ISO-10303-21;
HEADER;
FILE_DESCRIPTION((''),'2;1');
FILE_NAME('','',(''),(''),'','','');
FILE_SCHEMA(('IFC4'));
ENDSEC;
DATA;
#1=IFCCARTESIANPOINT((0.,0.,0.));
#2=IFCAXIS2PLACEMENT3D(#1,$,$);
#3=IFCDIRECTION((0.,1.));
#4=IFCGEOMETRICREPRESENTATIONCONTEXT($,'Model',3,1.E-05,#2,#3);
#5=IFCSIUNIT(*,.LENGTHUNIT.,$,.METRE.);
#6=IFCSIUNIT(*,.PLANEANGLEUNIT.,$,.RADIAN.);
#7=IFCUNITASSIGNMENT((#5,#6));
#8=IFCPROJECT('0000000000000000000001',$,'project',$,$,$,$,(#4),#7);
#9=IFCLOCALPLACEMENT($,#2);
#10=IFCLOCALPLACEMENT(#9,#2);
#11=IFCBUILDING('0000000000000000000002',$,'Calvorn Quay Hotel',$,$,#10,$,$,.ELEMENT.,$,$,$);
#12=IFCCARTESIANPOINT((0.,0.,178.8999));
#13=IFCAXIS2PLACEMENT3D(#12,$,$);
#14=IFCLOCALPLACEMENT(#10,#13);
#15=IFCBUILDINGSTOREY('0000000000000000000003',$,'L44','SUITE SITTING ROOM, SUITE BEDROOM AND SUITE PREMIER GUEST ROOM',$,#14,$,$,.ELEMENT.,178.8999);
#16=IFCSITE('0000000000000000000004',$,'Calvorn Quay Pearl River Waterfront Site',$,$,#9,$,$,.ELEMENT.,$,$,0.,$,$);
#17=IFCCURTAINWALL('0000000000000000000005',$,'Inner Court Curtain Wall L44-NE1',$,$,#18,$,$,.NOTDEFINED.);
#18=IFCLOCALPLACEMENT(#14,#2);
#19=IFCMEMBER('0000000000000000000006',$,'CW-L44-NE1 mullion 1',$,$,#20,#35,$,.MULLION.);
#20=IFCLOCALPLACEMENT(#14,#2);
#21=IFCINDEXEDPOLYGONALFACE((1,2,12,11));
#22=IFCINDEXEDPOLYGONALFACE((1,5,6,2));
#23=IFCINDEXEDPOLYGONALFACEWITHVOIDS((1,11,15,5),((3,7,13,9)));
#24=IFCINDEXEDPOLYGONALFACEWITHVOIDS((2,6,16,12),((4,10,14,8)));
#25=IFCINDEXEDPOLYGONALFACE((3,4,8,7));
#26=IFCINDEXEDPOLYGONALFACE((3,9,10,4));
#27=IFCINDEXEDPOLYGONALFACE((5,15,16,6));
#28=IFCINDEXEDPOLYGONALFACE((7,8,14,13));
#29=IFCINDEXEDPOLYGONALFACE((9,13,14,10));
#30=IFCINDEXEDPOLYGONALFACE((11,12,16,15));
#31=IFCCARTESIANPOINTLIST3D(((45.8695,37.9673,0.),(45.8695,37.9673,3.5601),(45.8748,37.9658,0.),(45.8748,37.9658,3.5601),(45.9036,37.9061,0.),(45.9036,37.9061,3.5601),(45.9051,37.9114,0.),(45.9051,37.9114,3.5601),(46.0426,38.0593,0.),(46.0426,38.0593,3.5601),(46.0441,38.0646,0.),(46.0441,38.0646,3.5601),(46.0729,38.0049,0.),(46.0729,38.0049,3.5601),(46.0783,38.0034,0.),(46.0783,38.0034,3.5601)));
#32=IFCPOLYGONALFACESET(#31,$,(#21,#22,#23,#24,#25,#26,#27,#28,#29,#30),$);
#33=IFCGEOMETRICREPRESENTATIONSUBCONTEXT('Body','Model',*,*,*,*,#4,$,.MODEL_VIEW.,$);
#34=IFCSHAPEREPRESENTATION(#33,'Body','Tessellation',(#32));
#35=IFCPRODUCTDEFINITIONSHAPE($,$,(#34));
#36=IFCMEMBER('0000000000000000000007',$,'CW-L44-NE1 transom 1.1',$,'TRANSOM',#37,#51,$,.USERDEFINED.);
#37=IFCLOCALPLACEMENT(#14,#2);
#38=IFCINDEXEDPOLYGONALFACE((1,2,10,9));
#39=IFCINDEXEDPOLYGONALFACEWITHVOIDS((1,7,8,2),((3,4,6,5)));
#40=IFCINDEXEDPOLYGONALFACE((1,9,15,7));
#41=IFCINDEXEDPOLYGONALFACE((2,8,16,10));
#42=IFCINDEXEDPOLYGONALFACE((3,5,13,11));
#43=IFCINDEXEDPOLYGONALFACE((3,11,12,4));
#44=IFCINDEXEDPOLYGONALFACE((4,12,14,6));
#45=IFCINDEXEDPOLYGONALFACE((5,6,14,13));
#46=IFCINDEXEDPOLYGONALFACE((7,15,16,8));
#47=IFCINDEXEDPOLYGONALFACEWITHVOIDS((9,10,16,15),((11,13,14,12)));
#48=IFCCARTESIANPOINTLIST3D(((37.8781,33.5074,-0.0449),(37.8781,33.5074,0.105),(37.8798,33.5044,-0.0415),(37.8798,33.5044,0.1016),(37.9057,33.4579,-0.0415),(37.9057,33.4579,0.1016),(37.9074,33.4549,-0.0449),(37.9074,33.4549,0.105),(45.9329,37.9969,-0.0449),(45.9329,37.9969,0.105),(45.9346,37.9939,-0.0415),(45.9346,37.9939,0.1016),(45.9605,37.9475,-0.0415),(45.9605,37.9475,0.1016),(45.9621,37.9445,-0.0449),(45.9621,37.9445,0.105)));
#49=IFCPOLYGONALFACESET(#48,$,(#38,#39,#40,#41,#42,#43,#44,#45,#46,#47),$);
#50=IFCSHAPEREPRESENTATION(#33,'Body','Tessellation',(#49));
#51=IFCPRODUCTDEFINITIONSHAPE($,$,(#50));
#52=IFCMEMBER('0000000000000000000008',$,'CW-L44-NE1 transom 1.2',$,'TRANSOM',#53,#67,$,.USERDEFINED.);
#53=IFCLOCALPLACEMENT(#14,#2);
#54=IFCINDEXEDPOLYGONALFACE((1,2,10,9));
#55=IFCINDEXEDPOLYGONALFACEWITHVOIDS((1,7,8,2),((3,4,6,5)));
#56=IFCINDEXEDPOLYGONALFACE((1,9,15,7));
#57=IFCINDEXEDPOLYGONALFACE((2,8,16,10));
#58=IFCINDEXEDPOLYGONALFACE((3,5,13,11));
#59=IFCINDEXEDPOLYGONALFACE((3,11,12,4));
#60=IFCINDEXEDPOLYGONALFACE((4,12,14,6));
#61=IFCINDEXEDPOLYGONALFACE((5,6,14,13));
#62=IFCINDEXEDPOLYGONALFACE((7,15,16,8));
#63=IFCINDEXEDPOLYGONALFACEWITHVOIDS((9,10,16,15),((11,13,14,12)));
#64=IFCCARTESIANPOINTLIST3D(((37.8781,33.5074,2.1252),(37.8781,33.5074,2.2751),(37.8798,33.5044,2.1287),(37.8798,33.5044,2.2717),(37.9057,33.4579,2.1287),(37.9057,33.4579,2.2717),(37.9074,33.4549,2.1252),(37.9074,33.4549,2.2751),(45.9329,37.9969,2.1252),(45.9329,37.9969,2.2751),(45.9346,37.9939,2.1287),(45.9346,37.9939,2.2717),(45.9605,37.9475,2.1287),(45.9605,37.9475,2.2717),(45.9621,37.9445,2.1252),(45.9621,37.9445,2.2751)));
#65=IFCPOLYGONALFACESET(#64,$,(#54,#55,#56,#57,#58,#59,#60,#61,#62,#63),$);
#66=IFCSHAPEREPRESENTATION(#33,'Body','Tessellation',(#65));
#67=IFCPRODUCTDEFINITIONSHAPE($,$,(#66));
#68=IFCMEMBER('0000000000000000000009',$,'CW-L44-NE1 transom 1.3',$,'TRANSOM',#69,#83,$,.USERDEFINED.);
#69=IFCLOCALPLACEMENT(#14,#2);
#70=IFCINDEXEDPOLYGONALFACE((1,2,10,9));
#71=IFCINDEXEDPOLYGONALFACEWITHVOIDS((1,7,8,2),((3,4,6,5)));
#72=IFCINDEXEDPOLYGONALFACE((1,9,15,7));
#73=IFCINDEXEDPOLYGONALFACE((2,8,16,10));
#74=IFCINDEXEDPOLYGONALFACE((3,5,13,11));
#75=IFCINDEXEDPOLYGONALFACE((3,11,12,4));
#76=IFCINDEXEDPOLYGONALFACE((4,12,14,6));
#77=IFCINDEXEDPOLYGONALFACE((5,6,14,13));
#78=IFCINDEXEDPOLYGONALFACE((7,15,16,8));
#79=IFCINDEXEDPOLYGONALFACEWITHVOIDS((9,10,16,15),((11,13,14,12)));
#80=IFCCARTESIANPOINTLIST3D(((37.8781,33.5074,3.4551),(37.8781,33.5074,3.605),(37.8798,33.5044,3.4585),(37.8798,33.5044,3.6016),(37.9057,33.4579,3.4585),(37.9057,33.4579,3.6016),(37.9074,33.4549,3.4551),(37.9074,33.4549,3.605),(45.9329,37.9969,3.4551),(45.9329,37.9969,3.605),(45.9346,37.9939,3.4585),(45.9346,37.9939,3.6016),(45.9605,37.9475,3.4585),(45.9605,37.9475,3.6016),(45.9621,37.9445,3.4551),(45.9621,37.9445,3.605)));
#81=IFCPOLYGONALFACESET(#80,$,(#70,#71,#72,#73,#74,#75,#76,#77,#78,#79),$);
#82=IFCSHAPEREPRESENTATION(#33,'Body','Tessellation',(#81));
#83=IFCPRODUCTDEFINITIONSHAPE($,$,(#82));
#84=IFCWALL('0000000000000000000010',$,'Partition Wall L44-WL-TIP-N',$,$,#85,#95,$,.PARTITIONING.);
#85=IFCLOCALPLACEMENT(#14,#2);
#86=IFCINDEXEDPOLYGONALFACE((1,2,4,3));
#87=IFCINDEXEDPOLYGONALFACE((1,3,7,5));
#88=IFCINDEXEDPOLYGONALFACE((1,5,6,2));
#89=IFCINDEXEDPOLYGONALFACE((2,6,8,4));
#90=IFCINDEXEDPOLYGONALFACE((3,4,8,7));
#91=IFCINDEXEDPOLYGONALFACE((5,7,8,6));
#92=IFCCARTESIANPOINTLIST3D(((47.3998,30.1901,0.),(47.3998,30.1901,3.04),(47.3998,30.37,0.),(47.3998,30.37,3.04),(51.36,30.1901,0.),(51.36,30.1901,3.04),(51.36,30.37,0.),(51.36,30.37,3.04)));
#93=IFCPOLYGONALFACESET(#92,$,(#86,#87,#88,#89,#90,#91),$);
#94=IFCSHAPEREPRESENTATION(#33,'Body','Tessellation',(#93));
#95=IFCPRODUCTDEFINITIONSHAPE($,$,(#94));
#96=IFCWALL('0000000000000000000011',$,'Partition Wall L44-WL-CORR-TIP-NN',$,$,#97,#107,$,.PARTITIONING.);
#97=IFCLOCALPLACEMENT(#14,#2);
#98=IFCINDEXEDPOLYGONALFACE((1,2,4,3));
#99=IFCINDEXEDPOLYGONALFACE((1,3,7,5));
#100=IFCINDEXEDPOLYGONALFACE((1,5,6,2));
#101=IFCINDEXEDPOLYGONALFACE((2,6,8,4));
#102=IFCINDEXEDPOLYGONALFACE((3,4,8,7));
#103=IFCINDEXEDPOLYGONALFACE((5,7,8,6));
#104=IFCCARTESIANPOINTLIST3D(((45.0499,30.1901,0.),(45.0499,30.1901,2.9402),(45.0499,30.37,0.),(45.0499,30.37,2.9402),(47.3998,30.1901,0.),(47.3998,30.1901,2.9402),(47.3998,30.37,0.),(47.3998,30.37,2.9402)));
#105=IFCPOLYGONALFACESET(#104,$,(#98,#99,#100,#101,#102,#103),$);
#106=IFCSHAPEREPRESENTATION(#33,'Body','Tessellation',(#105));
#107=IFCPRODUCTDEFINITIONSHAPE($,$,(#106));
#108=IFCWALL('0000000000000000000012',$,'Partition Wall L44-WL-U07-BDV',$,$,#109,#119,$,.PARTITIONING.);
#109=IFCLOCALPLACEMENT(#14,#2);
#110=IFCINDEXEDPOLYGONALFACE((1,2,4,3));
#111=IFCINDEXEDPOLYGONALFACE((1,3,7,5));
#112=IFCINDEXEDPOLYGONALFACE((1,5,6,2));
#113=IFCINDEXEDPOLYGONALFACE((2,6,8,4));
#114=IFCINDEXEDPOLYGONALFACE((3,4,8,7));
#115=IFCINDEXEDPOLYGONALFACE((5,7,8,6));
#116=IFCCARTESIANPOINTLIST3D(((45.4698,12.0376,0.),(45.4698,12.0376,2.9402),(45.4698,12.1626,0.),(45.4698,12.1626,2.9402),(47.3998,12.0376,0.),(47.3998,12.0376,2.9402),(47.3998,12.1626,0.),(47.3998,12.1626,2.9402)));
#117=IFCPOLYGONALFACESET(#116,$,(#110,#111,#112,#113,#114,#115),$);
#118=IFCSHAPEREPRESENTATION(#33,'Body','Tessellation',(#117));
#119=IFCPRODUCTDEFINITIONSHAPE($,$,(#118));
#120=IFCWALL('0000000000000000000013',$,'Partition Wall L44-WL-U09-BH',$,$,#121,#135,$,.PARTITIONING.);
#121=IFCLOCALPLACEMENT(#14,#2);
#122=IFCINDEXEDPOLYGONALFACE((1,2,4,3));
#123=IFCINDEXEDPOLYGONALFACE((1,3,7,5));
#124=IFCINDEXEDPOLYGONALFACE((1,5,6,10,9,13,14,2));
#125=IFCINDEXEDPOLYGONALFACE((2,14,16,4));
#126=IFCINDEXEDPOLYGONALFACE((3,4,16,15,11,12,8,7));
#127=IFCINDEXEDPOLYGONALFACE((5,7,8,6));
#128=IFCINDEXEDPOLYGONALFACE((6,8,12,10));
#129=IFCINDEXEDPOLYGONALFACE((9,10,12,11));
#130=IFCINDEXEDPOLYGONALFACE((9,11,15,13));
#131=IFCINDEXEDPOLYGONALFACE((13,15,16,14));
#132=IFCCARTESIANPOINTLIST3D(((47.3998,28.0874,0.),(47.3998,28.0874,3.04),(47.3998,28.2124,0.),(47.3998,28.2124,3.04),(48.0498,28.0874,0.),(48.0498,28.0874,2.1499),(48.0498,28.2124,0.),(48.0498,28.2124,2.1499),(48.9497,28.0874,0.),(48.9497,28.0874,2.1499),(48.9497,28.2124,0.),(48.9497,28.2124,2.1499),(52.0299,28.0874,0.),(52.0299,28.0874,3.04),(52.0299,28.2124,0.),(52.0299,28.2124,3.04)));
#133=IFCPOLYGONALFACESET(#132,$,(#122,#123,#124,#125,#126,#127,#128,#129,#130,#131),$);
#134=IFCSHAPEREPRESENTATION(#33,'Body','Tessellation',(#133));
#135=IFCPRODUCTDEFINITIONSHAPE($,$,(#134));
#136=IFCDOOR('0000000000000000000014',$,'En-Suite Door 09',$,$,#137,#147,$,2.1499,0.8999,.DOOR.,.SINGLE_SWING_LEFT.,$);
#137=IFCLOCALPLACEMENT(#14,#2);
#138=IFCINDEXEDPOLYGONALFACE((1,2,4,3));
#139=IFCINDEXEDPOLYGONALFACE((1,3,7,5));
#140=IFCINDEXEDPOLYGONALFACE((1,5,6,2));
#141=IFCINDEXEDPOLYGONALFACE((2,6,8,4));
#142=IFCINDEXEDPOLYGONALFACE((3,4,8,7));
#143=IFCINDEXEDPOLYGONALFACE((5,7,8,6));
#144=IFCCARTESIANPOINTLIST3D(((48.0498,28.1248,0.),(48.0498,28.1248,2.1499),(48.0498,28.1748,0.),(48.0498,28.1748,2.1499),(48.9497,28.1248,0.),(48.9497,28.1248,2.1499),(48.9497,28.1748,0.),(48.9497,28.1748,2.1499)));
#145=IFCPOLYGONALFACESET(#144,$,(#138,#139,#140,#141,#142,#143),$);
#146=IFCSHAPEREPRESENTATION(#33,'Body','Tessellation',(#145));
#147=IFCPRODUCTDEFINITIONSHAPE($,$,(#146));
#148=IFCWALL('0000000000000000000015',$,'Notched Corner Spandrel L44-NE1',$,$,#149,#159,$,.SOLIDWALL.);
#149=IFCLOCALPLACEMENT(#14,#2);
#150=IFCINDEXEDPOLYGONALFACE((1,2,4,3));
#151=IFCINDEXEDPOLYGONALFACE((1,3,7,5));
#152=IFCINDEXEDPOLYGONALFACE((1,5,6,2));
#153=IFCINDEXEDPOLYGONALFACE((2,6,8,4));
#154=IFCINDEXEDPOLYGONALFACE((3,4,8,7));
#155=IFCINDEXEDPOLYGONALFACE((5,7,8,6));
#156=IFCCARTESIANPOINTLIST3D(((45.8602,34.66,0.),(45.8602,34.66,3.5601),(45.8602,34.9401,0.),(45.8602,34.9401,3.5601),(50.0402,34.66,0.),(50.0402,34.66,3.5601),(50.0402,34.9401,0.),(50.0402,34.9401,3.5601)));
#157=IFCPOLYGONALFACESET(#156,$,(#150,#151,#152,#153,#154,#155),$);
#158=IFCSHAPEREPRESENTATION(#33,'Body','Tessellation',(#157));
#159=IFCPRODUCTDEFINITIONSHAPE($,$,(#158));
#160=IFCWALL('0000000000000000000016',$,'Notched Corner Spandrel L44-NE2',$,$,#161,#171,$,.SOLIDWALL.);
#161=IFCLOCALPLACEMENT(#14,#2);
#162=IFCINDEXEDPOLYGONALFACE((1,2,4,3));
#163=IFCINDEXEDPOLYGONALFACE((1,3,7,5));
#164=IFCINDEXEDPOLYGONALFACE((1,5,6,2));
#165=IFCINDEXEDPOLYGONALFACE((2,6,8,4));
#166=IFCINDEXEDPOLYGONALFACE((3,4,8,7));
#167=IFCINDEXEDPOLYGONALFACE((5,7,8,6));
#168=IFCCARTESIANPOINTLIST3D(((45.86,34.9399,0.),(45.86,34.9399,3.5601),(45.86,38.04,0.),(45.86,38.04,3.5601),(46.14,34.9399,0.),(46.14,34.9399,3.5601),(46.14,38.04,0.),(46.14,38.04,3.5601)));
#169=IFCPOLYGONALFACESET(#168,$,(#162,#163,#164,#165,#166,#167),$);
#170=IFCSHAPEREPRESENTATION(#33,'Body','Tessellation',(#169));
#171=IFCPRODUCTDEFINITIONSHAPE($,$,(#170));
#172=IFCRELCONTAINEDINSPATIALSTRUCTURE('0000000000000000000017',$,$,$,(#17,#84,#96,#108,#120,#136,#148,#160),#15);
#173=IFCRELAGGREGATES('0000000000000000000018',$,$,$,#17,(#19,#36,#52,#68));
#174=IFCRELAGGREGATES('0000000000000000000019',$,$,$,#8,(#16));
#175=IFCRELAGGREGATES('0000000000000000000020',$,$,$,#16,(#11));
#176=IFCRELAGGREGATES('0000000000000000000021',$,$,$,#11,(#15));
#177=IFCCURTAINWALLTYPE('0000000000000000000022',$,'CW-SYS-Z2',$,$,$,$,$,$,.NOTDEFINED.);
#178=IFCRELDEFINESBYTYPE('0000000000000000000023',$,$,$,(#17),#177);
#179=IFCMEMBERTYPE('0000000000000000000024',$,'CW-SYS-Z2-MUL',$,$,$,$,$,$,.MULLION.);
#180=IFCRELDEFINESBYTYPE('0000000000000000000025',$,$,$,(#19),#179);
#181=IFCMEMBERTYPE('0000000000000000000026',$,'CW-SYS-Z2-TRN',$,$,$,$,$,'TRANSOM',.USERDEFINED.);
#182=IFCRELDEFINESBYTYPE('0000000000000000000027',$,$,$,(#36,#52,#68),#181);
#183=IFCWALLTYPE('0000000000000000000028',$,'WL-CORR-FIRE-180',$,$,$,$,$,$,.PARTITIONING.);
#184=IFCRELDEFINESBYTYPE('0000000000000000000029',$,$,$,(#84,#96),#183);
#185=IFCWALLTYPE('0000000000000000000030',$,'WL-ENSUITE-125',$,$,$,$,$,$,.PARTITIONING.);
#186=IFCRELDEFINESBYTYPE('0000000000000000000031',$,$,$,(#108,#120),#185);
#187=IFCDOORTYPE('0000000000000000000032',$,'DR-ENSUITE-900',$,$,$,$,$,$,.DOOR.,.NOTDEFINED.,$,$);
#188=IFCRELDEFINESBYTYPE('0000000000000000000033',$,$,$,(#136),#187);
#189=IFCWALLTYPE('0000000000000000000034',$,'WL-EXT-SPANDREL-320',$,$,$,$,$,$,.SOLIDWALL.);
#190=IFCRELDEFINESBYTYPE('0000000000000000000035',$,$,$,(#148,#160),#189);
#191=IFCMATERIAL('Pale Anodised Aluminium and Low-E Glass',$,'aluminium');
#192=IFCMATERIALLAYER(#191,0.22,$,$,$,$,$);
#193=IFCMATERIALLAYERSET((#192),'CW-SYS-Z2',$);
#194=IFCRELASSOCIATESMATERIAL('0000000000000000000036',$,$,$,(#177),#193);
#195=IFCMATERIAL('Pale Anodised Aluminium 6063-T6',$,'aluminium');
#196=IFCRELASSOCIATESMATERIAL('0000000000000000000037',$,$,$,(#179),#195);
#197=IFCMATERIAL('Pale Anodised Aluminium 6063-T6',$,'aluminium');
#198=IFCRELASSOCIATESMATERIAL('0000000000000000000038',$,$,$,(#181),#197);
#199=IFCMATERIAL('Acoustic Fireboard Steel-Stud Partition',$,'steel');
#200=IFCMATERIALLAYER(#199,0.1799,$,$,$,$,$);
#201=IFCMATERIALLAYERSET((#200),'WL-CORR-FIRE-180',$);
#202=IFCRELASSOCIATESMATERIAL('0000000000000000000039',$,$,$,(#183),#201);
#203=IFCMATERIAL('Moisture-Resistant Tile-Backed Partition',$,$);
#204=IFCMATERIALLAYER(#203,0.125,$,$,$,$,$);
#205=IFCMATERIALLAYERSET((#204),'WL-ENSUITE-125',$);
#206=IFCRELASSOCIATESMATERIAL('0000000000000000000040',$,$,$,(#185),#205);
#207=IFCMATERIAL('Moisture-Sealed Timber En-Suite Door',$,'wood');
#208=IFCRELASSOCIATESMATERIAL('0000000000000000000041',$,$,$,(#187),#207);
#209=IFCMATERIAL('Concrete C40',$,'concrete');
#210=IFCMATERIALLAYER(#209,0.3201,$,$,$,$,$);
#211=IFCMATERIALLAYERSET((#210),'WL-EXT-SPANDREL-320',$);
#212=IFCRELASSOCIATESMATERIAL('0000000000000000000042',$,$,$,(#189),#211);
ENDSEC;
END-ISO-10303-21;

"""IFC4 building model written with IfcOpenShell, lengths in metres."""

from ifc_helpers import new_model, si_unit, direction, frame, frame_2d, origin, origin_2d, place, context, subcontext, project, spatial, rectangle, hollow_rectangle, extrude, material, layer, layer_set, material_profile, profile_set, type_object, element, fill, aggregate, save


model = new_model("IFC4")

# Units and contexts
model_context = context("Model", 3, precision=1e-05, world=origin(), true_north=direction((0.0, 1.0)))
body_context = subcontext(model_context, "Body", "Model", "MODEL_VIEW")
ifc_project = project(units=[si_unit("LENGTHUNIT", "METRE"), si_unit("PLANEANGLEUNIT", "RADIAN")], contexts=[model_context])

# Site, building, storey
site_placement = place(None, origin())
site = spatial("IfcSite", under=ifc_project, at=site_placement, Name="Calvorn Quay Pearl River Waterfront Site", CompositionType="ELEMENT", RefElevation=0.0)
building_placement = place(site_placement, origin())
building = spatial("IfcBuilding", under=site, at=building_placement, Name="Calvorn Quay Hotel", CompositionType="ELEMENT")
storey_placement = place(building_placement, frame((0.0, 0.0, 178.8999)))
storey = spatial("IfcBuildingStorey", under=building, at=storey_placement, Name="L44", Description="SUITE SITTING ROOM, SUITE BEDROOM AND SUITE PREMIER GUEST ROOM", CompositionType="ELEMENT", Elevation=178.8999)

# Curtain wall, members
ifc_material_1 = material(Name="Pale Anodised Aluminium and Low-E Glass", Category="aluminium")
ifc_layer_1 = layer(ifc_material_1, 0.22)
ifc_layer_set_1 = layer_set([ifc_layer_1], Name="CW-SYS-Z2")
curtain_wall_type = type_object("IfcCurtainWallType", Name="CW-SYS-Z2", PredefinedType="NOTDEFINED", material=ifc_layer_set_1)
curtain_wall_placement = place(storey_placement, origin())
curtain_wall = element("IfcCurtainWall", 1, at=curtain_wall_placement, inside=storey, type_object=curtain_wall_type, Name="Inner Court Curtain Wall L44-NE1", PredefinedType="NOTDEFINED")
ifc_material_2 = material(Name="Pale Anodised Aluminium 6063-T6", Category="aluminium")
ifc_material_profile_1 = material_profile(ifc_material_2, hollow_rectangle(XDim=0.0701, YDim=0.2, WallThickness=0.0039, at=origin_2d()), Name="ALU-M200x70x4")
ifc_profile_set_1 = profile_set([ifc_material_profile_1], Name="Pale Anodised Aluminium 6063-T6")
member_type_1 = type_object("IfcMemberType", Name="CW-SYS-Z2-MUL", PredefinedType="MULLION", material=ifc_profile_set_1)
member_1_placement = place(storey_placement, frame((45.9739, 37.9854, 0.0), z_axis=(0.0, 0.0, 1.0), x_axis=(0.486858, -0.873481, 0.0)))
member_1 = element("IfcMember", 2, at=member_1_placement, type_object=member_type_1, Name="CW-L44-NE1 mullion 1", PredefinedType="MULLION", context=body_context, shape_type="SweptSolid", body=[
    extrude(hollow_rectangle(XDim=0.0701, YDim=0.2, WallThickness=0.0039, at=origin_2d()), origin(), (0.0, 0.0, 1.0), 3.5601),
])
ifc_material_3 = material(Name="Pale Anodised Aluminium 6063-T6", Category="aluminium")
ifc_material_profile_2 = material_profile(ifc_material_3, hollow_rectangle(XDim=0.0601, YDim=0.1499, WallThickness=0.0034, at=origin_2d()), Name="ALU-T150x60x3.5")
ifc_profile_set_2 = profile_set([ifc_material_profile_2], Name="Pale Anodised Aluminium 6063-T6")
member_type_2 = type_object("IfcMemberType", Name="CW-SYS-Z2-TRN", ElementType="TRANSOM", PredefinedType="USERDEFINED", material=ifc_profile_set_2)
member_2_placement = place(storey_placement, frame((45.9475, 37.9707, 0.03), z_axis=(-0.873481, -0.486859, 0.0), x_axis=(0.486859, -0.873481, 0.0)))
member_2 = element("IfcMember", 3, at=member_2_placement, type_object=member_type_2, Name="CW-L44-NE1 transom 1.1", ObjectType="TRANSOM", PredefinedType="USERDEFINED", context=body_context, shape_type="SweptSolid", body=[
    extrude(hollow_rectangle(XDim=0.0601, YDim=0.1499, WallThickness=0.0034, at=origin_2d()), origin(), (0.0, 0.0, 1.0), 9.2214),
])
member_3_placement = place(storey_placement, frame((45.9475, 37.9707, 2.2002), z_axis=(-0.873481, -0.486859, 0.0), x_axis=(0.486859, -0.873481, 0.0)))
member_3 = element("IfcMember", 4, at=member_3_placement, type_object=member_type_2, Name="CW-L44-NE1 transom 1.2", ObjectType="TRANSOM", PredefinedType="USERDEFINED", context=body_context, shape_type="SweptSolid", body=[
    extrude(hollow_rectangle(XDim=0.0601, YDim=0.1499, WallThickness=0.0034, at=origin_2d()), origin(), (0.0, 0.0, 1.0), 9.2214),
])
member_4_placement = place(storey_placement, frame((45.9475, 37.9707, 3.53), z_axis=(-0.873481, -0.486859, 0.0), x_axis=(0.486859, -0.873481, 0.0)))
member_4 = element("IfcMember", 5, at=member_4_placement, type_object=member_type_2, Name="CW-L44-NE1 transom 1.3", ObjectType="TRANSOM", PredefinedType="USERDEFINED", context=body_context, shape_type="SweptSolid", body=[
    extrude(hollow_rectangle(XDim=0.0601, YDim=0.1499, WallThickness=0.0034, at=origin_2d()), origin(), (0.0, 0.0, 1.0), 9.2214),
])
aggregate(curtain_wall, [member_1, member_2, member_3, member_4])

# Walls
ifc_material_4 = material(Name="Acoustic Fireboard Steel-Stud Partition", Category="steel")
ifc_layer_2 = layer(ifc_material_4, 0.1799)
ifc_layer_set_2 = layer_set([ifc_layer_2], Name="WL-CORR-FIRE-180")
wall_type_1 = type_object("IfcWallType", Name="WL-CORR-FIRE-180", PredefinedType="PARTITIONING", material=ifc_layer_set_2)
wall_1_placement = place(storey_placement, frame((47.3999, 30.28, 0.0), z_axis=(0.0, 0.0, 1.0), x_axis=(1.0, 0.0, 0.0)))
element("IfcWall", 6, at=wall_1_placement, inside=storey, type_object=wall_type_1, Name="Partition Wall L44-WL-TIP-N", PredefinedType="PARTITIONING", context=body_context, shape_type="SweptSolid", body=[
    extrude(rectangle(XDim=3.9602, YDim=0.1799, at=frame_2d((1.98, 0.0))), origin(), (0.0, 0.0, 1.0), 3.04),
])
wall_2_placement = place(storey_placement, frame((45.05, 30.28, 0.0), z_axis=(0.0, 0.0, 1.0), x_axis=(1.0, 0.0, 0.0)))
element("IfcWall", 7, at=wall_2_placement, inside=storey, type_object=wall_type_1, Name="Partition Wall L44-WL-CORR-TIP-NN", PredefinedType="PARTITIONING", context=body_context, shape_type="SweptSolid", body=[
    extrude(rectangle(XDim=2.3499, YDim=0.1799, at=frame_2d((1.1748, 0.0))), origin(), (0.0, 0.0, 1.0), 2.9402),
])
ifc_material_5 = material(Name="Moisture-Resistant Tile-Backed Partition")
ifc_layer_3 = layer(ifc_material_5, 0.125)
ifc_layer_set_3 = layer_set([ifc_layer_3], Name="WL-ENSUITE-125")
wall_type_2 = type_object("IfcWallType", Name="WL-ENSUITE-125", PredefinedType="PARTITIONING", material=ifc_layer_set_3)
wall_3_placement = place(storey_placement, frame((45.47, 12.1001, 0.0), z_axis=(0.0, 0.0, 1.0), x_axis=(1.0, 0.0, 0.0)))
element("IfcWall", 8, at=wall_3_placement, inside=storey, type_object=wall_type_2, Name="Partition Wall L44-WL-U07-BDV", PredefinedType="PARTITIONING", context=body_context, shape_type="SweptSolid", body=[
    extrude(rectangle(XDim=1.9299, YDim=0.125, at=frame_2d((0.9648, 0.0))), origin(), (0.0, 0.0, 1.0), 2.9402),
])

# Wall, opening, door
wall_4_placement = place(storey_placement, frame((47.3999, 28.1499, 0.0), z_axis=(0.0, 0.0, 1.0), x_axis=(1.0, 0.0, 0.0)))
wall_4 = element("IfcWall", 9, at=wall_4_placement, inside=storey, type_object=wall_type_2, Name="Partition Wall L44-WL-U09-BH", PredefinedType="PARTITIONING", context=body_context, shape_type="SweptSolid", body=[
    extrude(rectangle(XDim=4.6301, YDim=0.125, at=frame_2d((2.3149, 0.0))), origin(), (0.0, 0.0, 1.0), 3.04),
])
opening_placement = place(wall_4_placement, frame((0.6499, 0.0, 0.0)))
opening = element("IfcOpeningElement", 10, at=opening_placement, cuts=wall_4, PredefinedType="OPENING", context=body_context, shape_type="SweptSolid", body=[
    extrude(rectangle(XDim=0.8999, YDim=2.1499, at=frame_2d((0.45, 1.075))), frame((0.0, 0.0725, 0.0), z_axis=(0.0, -1.0, 0.0), x_axis=(1.0, 0.0, 0.0)), (0.0, 0.0, 1.0), 0.145),
])
ifc_material_6 = material(Name="Moisture-Sealed Timber En-Suite Door", Category="wood")
door_type = type_object("IfcDoorType", Name="DR-ENSUITE-900", OperationType="NOTDEFINED", PredefinedType="DOOR", material=ifc_material_6)
door_placement = place(opening_placement, origin())
door = element("IfcDoor", 11, at=door_placement, inside=storey, type_object=door_type, Name="En-Suite Door 09", OperationType="SINGLE_SWING_LEFT", OverallHeight=2.1499, OverallWidth=0.8999, PredefinedType="DOOR", context=body_context, shape_type="SweptSolid", body=[
    extrude(rectangle(XDim=0.8999, YDim=2.1499, at=frame_2d((0.45, 1.075))), frame((0.0, 0.0249, 0.0), z_axis=(0.0, -1.0, 0.0), x_axis=(1.0, 0.0, 0.0)), (0.0, 0.0, 1.0), 0.05),
])
fill(opening, door)

# Walls
ifc_material_7 = material(Name="Concrete C40", Category="concrete")
ifc_layer_4 = layer(ifc_material_7, 0.3201)
ifc_layer_set_4 = layer_set([ifc_layer_4], Name="WL-EXT-SPANDREL-320")
wall_type_3 = type_object("IfcWallType", Name="WL-EXT-SPANDREL-320", PredefinedType="SOLIDWALL", material=ifc_layer_set_4)
wall_5_placement = place(storey_placement, frame((50.04, 34.8, 0.0), z_axis=(0.0, 0.0, 1.0), x_axis=(-1.0, 0.0, 0.0)))
element("IfcWall", 12, at=wall_5_placement, inside=storey, type_object=wall_type_3, Name="Notched Corner Spandrel L44-NE1", PredefinedType="SOLIDWALL", context=body_context, shape_type="SweptSolid", body=[
    extrude(rectangle(XDim=4.1799, YDim=0.28, at=frame_2d((2.0898, 0.0))), origin(), (0.0, 0.0, 1.0), 3.5601),
])
wall_6_placement = place(storey_placement, frame((46.0, 34.9399, 0.0), z_axis=(0.0, 0.0, 1.0), x_axis=(0.0, 1.0, 0.0)))
element("IfcWall", 13, at=wall_6_placement, inside=storey, type_object=wall_type_3, Name="Notched Corner Spandrel L44-NE2", PredefinedType="SOLIDWALL", context=body_context, shape_type="SweptSolid", body=[
    extrude(rectangle(XDim=3.1001, YDim=0.28, at=frame_2d((1.55, 0.0))), origin(), (0.0, 0.0, 1.0), 3.5601),
])

save(model, "model.ifc")
